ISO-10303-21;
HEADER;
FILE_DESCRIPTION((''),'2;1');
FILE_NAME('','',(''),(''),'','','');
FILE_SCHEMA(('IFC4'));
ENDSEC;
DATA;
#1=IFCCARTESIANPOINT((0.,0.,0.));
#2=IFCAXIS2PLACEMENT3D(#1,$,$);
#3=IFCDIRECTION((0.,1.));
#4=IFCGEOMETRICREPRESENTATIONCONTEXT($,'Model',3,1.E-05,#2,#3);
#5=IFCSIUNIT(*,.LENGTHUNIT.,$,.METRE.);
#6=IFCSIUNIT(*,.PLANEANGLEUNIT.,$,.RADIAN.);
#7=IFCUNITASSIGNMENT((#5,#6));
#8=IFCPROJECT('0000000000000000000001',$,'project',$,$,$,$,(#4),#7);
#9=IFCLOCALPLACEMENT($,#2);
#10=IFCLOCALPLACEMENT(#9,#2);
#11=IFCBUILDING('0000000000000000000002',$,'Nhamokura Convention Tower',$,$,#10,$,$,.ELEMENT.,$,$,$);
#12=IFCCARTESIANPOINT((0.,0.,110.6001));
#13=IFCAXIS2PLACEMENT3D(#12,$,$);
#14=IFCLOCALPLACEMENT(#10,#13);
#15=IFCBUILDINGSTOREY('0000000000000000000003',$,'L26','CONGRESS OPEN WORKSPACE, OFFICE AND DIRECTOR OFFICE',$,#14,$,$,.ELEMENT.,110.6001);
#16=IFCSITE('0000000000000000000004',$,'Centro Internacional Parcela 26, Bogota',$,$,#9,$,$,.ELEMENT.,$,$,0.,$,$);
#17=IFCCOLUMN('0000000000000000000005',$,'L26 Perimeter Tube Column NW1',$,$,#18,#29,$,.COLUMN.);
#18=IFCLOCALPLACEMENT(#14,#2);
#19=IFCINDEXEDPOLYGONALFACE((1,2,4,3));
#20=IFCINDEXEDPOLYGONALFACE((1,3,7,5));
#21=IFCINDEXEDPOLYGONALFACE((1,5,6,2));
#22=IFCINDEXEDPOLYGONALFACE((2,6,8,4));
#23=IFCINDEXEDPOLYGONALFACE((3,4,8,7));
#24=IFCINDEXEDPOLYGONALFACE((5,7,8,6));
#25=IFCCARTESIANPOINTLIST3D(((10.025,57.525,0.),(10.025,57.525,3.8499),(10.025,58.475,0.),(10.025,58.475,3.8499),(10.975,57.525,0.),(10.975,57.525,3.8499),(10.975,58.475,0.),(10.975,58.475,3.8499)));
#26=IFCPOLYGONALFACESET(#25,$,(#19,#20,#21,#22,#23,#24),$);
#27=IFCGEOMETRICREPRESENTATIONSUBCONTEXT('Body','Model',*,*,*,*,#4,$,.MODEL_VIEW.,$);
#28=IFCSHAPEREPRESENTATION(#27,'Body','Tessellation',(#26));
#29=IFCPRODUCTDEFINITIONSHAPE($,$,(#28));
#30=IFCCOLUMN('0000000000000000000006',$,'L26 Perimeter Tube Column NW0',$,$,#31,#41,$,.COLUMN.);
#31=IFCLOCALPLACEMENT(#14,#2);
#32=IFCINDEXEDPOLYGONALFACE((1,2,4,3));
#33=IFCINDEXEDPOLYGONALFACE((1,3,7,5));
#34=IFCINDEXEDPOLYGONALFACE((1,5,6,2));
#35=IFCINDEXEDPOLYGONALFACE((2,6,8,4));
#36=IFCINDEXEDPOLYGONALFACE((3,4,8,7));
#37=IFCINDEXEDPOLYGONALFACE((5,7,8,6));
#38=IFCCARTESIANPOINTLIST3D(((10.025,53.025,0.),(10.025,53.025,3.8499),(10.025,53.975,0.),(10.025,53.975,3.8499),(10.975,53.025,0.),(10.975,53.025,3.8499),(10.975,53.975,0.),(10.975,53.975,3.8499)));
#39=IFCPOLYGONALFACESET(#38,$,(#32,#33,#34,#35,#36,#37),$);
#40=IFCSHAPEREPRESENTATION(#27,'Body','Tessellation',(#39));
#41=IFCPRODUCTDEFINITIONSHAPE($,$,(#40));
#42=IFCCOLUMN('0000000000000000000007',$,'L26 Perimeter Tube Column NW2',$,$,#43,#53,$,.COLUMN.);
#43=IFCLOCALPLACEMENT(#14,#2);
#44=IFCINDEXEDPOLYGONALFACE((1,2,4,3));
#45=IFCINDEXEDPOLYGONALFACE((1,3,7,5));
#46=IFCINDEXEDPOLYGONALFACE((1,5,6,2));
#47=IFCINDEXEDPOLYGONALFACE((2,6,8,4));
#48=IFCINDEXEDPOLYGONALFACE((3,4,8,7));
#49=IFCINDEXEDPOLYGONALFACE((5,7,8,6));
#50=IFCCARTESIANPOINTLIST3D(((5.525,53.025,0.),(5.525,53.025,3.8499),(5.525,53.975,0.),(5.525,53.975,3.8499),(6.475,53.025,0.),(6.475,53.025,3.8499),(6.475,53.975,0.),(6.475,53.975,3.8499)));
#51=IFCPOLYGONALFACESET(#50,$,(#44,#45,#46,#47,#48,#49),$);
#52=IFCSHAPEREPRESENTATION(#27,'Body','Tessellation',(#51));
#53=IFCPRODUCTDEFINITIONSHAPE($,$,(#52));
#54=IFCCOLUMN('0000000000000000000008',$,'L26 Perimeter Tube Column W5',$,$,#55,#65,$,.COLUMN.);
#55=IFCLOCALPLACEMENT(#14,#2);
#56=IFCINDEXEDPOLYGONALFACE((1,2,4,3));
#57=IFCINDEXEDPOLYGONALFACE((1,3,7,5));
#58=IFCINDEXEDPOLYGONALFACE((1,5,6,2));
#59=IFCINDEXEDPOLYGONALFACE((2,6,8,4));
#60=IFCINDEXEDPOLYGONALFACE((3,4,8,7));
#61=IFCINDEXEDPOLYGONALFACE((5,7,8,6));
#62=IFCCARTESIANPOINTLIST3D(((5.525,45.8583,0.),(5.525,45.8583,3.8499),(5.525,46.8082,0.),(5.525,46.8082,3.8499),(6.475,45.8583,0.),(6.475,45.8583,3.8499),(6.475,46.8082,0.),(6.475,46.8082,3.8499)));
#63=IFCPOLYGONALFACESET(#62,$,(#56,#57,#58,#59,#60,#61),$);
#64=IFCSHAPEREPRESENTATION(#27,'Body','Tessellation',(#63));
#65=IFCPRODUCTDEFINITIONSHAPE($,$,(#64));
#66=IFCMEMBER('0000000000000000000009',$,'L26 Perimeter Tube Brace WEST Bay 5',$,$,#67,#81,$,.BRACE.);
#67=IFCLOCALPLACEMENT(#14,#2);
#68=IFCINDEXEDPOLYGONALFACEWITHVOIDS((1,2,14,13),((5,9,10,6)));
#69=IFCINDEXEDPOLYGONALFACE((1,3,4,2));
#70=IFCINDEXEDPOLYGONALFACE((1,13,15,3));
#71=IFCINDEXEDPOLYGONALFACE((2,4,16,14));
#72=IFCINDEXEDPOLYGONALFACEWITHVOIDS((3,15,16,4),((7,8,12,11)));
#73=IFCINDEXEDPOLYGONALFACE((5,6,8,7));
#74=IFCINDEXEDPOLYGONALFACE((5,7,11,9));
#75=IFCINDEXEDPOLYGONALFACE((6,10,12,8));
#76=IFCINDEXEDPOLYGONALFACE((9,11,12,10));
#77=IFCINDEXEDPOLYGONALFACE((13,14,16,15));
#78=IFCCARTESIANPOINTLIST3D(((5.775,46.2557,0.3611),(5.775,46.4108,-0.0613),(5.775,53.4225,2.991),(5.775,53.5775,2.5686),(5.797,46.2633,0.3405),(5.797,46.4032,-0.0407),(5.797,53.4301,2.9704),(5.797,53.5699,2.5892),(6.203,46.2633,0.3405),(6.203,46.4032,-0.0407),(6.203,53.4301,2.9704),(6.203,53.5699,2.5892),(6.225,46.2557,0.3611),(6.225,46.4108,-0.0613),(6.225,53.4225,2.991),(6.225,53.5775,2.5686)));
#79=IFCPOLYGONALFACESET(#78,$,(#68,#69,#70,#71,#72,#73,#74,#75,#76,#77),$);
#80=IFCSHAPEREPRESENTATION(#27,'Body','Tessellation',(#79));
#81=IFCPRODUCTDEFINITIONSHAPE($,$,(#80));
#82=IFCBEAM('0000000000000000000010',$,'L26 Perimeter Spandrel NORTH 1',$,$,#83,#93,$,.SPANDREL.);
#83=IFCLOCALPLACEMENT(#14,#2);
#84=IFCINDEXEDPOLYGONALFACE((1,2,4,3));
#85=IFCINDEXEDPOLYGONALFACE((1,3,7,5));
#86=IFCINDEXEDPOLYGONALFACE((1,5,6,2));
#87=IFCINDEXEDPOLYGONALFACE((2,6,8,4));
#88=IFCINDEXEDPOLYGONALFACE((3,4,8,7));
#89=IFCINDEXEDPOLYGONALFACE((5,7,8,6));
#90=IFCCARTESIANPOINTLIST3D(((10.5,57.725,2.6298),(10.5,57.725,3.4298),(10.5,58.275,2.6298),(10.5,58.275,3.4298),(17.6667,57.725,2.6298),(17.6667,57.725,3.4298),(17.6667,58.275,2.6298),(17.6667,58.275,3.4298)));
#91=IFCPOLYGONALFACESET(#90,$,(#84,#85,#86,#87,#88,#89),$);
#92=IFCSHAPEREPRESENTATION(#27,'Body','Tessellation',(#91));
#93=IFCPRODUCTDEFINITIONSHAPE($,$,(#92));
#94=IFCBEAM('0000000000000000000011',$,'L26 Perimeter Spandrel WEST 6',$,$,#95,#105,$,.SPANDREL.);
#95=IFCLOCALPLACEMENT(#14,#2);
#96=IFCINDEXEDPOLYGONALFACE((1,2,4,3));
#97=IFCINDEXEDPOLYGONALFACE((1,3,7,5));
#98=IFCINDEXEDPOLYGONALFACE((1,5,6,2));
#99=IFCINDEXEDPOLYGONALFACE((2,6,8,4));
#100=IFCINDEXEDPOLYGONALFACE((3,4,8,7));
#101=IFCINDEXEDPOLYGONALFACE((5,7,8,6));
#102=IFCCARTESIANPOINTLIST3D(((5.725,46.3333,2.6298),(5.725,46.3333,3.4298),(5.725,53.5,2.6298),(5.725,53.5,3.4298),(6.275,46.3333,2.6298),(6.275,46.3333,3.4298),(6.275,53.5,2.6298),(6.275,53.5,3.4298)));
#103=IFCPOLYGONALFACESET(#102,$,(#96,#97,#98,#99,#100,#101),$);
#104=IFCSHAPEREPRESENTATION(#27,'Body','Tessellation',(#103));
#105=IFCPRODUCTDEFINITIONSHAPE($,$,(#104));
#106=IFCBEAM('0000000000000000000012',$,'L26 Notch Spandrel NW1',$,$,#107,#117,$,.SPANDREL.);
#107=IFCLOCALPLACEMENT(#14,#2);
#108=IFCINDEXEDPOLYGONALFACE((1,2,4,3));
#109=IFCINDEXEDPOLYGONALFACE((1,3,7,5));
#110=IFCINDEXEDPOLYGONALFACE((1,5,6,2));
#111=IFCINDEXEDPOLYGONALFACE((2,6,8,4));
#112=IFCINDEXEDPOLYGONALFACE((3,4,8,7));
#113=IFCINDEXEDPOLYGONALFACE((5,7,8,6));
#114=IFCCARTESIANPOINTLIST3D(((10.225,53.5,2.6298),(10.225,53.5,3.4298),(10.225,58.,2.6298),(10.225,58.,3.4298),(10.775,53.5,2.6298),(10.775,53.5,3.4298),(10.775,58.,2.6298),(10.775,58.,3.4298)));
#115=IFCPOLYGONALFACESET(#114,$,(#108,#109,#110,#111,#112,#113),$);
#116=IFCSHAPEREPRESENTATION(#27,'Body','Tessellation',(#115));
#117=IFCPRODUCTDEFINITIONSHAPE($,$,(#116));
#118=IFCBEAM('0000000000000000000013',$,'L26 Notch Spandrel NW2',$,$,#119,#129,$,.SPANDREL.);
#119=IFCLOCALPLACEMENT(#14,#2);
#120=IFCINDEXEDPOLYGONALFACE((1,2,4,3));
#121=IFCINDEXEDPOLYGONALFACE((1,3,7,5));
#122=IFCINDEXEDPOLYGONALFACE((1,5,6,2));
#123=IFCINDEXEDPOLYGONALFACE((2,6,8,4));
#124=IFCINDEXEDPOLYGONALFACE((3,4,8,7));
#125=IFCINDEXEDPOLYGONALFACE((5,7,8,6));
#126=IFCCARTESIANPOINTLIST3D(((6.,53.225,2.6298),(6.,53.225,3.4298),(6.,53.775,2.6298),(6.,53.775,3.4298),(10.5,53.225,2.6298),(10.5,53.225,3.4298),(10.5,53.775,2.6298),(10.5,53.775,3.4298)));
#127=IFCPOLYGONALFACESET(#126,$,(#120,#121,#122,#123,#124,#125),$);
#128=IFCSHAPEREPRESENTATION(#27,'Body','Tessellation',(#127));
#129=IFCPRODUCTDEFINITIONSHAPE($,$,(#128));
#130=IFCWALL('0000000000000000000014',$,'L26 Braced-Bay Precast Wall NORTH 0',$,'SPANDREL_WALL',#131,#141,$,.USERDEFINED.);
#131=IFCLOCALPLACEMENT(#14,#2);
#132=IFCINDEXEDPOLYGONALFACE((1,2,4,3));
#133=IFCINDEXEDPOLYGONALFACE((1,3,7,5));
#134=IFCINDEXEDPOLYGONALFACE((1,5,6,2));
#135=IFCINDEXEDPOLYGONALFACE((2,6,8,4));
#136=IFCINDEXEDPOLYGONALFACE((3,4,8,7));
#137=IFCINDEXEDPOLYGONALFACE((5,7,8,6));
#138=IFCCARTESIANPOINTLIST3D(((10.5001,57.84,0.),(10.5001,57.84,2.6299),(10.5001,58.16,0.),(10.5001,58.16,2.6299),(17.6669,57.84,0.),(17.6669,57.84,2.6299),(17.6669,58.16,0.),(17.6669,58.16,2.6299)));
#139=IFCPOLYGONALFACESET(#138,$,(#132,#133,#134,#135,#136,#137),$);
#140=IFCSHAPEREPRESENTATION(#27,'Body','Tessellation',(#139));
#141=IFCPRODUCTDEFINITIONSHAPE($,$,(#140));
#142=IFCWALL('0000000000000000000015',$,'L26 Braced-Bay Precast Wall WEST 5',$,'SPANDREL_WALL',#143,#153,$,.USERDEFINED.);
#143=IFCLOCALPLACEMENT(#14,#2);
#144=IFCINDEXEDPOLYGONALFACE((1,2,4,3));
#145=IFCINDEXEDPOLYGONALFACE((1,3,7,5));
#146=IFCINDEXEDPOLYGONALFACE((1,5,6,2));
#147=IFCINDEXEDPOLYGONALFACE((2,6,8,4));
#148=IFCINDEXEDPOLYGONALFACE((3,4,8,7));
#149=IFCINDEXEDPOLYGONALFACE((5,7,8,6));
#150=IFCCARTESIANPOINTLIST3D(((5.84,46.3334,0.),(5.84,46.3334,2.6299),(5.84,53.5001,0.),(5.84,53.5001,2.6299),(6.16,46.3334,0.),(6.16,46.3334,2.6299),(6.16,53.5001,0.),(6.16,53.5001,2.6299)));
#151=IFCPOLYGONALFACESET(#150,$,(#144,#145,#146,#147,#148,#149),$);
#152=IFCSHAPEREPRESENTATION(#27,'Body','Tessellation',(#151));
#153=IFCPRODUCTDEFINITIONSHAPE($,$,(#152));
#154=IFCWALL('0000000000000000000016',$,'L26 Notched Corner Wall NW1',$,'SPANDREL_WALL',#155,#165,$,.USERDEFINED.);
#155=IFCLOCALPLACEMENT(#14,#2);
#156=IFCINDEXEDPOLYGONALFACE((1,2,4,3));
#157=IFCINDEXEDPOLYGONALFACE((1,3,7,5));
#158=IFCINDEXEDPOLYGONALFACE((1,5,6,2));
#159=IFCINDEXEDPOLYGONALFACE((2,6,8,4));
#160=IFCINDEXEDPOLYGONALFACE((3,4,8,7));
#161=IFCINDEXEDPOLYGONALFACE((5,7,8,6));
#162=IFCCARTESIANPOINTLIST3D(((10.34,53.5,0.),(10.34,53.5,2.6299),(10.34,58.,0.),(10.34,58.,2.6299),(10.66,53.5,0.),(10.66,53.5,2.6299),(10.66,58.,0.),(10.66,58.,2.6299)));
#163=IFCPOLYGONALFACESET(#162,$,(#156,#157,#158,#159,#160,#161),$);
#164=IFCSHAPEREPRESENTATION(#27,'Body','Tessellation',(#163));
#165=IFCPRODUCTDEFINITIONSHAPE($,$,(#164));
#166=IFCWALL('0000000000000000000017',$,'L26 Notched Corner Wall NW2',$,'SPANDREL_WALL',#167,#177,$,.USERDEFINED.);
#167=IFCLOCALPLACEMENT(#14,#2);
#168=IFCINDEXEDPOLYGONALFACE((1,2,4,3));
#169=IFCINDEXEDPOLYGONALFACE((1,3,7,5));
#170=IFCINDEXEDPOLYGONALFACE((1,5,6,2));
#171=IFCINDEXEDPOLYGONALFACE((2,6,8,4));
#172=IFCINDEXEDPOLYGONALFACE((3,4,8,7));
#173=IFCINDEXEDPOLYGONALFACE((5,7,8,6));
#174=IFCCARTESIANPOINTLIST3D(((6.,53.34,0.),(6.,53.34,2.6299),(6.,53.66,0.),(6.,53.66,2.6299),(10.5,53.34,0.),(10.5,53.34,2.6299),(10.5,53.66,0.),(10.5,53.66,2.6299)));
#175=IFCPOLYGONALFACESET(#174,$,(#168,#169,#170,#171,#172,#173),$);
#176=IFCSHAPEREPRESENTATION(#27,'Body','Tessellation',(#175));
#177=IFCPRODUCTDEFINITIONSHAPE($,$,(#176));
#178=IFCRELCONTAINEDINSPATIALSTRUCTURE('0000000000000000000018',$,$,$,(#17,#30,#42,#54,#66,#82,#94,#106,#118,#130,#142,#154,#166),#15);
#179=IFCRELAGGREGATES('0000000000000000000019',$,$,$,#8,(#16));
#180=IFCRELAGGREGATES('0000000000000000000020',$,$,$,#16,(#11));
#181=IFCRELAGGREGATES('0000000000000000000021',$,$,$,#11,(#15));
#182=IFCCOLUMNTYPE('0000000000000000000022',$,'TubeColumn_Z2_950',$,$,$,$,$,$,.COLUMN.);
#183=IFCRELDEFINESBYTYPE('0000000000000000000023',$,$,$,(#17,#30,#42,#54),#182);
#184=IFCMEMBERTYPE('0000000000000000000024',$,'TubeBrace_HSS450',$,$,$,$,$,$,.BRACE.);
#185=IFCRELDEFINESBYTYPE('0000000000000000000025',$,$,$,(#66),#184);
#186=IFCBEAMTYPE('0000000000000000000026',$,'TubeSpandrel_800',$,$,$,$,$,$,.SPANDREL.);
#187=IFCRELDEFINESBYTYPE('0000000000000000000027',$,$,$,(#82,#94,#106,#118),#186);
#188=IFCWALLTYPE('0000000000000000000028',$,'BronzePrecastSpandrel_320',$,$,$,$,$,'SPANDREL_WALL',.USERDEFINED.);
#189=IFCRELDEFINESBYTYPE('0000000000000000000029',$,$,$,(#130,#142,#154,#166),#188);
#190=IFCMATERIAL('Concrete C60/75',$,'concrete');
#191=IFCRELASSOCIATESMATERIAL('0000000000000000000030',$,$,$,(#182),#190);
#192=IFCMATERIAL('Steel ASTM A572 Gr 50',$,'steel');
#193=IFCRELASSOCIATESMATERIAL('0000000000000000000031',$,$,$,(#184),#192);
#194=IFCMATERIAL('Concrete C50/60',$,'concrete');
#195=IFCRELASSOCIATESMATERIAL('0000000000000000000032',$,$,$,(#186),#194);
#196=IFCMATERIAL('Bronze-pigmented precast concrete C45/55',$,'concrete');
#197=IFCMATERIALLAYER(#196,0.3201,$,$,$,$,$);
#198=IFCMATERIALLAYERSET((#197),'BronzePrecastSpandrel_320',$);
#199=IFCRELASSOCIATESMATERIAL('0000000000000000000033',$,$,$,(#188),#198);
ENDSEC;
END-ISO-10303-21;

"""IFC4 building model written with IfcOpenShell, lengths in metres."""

from ifc_helpers import new_model, si_unit, direction, frame, frame_2d, origin, origin_2d, place, context, subcontext, project, spatial, rectangle, hollow_rectangle, extrude, material, layer, layer_set, material_profile, profile_set, type_object, element, save


model = new_model("IFC4")

# Units and contexts
model_context = context("Model", 3, precision=1e-05, world=origin(), true_north=direction((0.0, 1.0)))
body_context = subcontext(model_context, "Body", "Model", "MODEL_VIEW")
ifc_project = project(units=[si_unit("LENGTHUNIT", "METRE"), si_unit("PLANEANGLEUNIT", "RADIAN")], contexts=[model_context])

# Site, building, storey
site_placement = place(None, origin())
site = spatial("IfcSite", under=ifc_project, at=site_placement, Name="Centro Internacional Parcela 26, Bogota", CompositionType="ELEMENT", RefElevation=0.0)
building_placement = place(site_placement, origin())
building = spatial("IfcBuilding", under=site, at=building_placement, Name="Nhamokura Convention Tower", CompositionType="ELEMENT")
storey_placement = place(building_placement, frame((0.0, 0.0, 110.6001)))
storey = spatial("IfcBuildingStorey", under=building, at=storey_placement, Name="L26", Description="CONGRESS OPEN WORKSPACE, OFFICE AND DIRECTOR OFFICE", CompositionType="ELEMENT", Elevation=110.6001)

# Columns
ifc_material_1 = material(Name="Concrete C60/75", Category="concrete")
ifc_material_profile_1 = material_profile(ifc_material_1, rectangle(XDim=0.95, YDim=0.95, at=origin_2d()))
ifc_profile_set_1 = profile_set([ifc_material_profile_1], Name="Concrete C60/75")
column_type = type_object("IfcColumnType", Name="TubeColumn_Z2_950", PredefinedType="COLUMN", material=ifc_profile_set_1)
for number, where, z_axis, x_axis, name in (
    (1, (10.5, 58.0, 0.0), (0.0, 0.0, 1.0), (1.0, 0.0, 0.0), "L26 Perimeter Tube Column NW1"),
    (2, (10.5, 53.5, 0.0), (0.0, 0.0, 1.0), (1.0, 0.0, 0.0), "L26 Perimeter Tube Column NW0"),
    (3, (6.0, 53.5, 0.0), (0.0, 0.0, 1.0), (1.0, 0.0, 0.0), "L26 Perimeter Tube Column NW2"),
    (4, (6.0, 46.3333, 0.0), (0.0, 0.0, 1.0), (1.0, 0.0, 0.0), "L26 Perimeter Tube Column W5"),
):
    element("IfcColumn", number, at=place(storey_placement, frame(where, z_axis=z_axis, x_axis=x_axis)), inside=storey, type_object=column_type, Name=name, PredefinedType="COLUMN", context=body_context, shape_type="SweptSolid", body=[
        extrude(rectangle(XDim=0.95, YDim=0.95, at=origin_2d()), origin(), (0.0, 0.0, 1.0), 3.8499),
    ])

# Member
ifc_material_2 = material(Name="Steel ASTM A572 Gr 50", Category="steel")
ifc_material_profile_2 = material_profile(ifc_material_2, hollow_rectangle(XDim=0.45, YDim=0.45, WallThickness=0.022, at=origin_2d()))
ifc_profile_set_2 = profile_set([ifc_material_profile_2], Name="Steel ASTM A572 Gr 50")
member_type = type_object("IfcMemberType", Name="TubeBrace_HSS450", PredefinedType="BRACE", material=ifc_profile_set_2)
member_placement = place(storey_placement, frame((6.0, 46.3333, 0.1499), z_axis=(0.0, 0.938788, 0.344494), x_axis=(-1.0, 0.0, 0.0)))
element("IfcMember", 5, at=member_placement, inside=storey, type_object=member_type, Name="L26 Perimeter Tube Brace WEST Bay 5", PredefinedType="BRACE", context=body_context, shape_type="SweptSolid", body=[
    extrude(hollow_rectangle(XDim=0.45, YDim=0.45, WallThickness=0.022, at=origin_2d()), origin(), (0.0, 0.0, 1.0), 7.634),
])

# Beams
ifc_material_3 = material(Name="Concrete C50/60", Category="concrete")
ifc_material_profile_3 = material_profile(ifc_material_3, rectangle(XDim=0.55, YDim=0.8, at=origin_2d()))
ifc_profile_set_3 = profile_set([ifc_material_profile_3], Name="Concrete C50/60")
beam_type = type_object("IfcBeamType", Name="TubeSpandrel_800", PredefinedType="SPANDREL", material=ifc_profile_set_3)
for number, where, z_axis, x_axis, name in (
    (6, (10.5, 58.0, 3.0298), (1.0, 0.0, 0.0), (0.0, 1.0, 0.0), "L26 Perimeter Spandrel NORTH 1"),
    (7, (6.0, 46.3333, 3.0298), (0.0, 1.0, 0.0), (-1.0, 0.0, 0.0), "L26 Perimeter Spandrel WEST 6"),
):
    element("IfcBeam", number, at=place(storey_placement, frame(where, z_axis=z_axis, x_axis=x_axis)), inside=storey, type_object=beam_type, Name=name, PredefinedType="SPANDREL", context=body_context, shape_type="SweptSolid", body=[
        extrude(rectangle(XDim=0.55, YDim=0.8, at=origin_2d()), origin(), (0.0, 0.0, 1.0), 7.1667),
    ])
for number, where, z_axis, x_axis, name in (
    (8, (10.5, 58.0, 3.0298), (0.0, -1.0, 0.0), (1.0, 0.0, 0.0), "L26 Notch Spandrel NW1"),
    (9, (10.5, 53.5, 3.0298), (-1.0, 0.0, 0.0), (0.0, -1.0, 0.0), "L26 Notch Spandrel NW2"),
):
    element("IfcBeam", number, at=place(storey_placement, frame(where, z_axis=z_axis, x_axis=x_axis)), inside=storey, type_object=beam_type, Name=name, PredefinedType="SPANDREL", context=body_context, shape_type="SweptSolid", body=[
        extrude(rectangle(XDim=0.55, YDim=0.8, at=origin_2d()), origin(), (0.0, 0.0, 1.0), 4.5),
    ])

# Walls
ifc_material_4 = material(Name="Bronze-pigmented precast concrete C45/55", Category="concrete")
ifc_layer_1 = layer(ifc_material_4, 0.3201)
ifc_layer_set_1 = layer_set([ifc_layer_1], Name="BronzePrecastSpandrel_320")
wall_type_1 = type_object("IfcWallType", Name="BronzePrecastSpandrel_320", ElementType="SPANDREL_WALL", PredefinedType="USERDEFINED", material=ifc_layer_set_1)
for number, where, z_axis, x_axis, name in (
    (10, (10.5, 58.0, 0.0), (0.0, 0.0, 1.0), (1.0, 0.0, 0.0), "L26 Braced-Bay Precast Wall NORTH 0"),
    (11, (6.0, 46.3333, 0.0), (0.0, 0.0, 1.0), (0.0, 1.0, 0.0), "L26 Braced-Bay Precast Wall WEST 5"),
):
    element("IfcWall", number, at=place(storey_placement, frame(where, z_axis=z_axis, x_axis=x_axis)), inside=storey, type_object=wall_type_1, Name=name, ObjectType="SPANDREL_WALL", PredefinedType="USERDEFINED", context=body_context, shape_type="SweptSolid", body=[
        extrude(rectangle(XDim=7.1667, YDim=0.3201, at=frame_2d((3.5835, 0.0))), origin(), (0.0, 0.0, 1.0), 2.6299),
    ])
for number, where, z_axis, x_axis, name in (
    (12, (10.5, 53.5, 0.0), (0.0, 0.0, 1.0), (0.0, 1.0, 0.0), "L26 Notched Corner Wall NW1"),
    (13, (6.0, 53.5, 0.0), (0.0, 0.0, 1.0), (1.0, 0.0, 0.0), "L26 Notched Corner Wall NW2"),
):
    element("IfcWall", number, at=place(storey_placement, frame(where, z_axis=z_axis, x_axis=x_axis)), inside=storey, type_object=wall_type_1, Name=name, ObjectType="SPANDREL_WALL", PredefinedType="USERDEFINED", context=body_context, shape_type="SweptSolid", body=[
        extrude(rectangle(XDim=4.5, YDim=0.3201, at=frame_2d((2.25, 0.0))), origin(), (0.0, 0.0, 1.0), 2.6299),
    ])

save(model, "model.ifc")
